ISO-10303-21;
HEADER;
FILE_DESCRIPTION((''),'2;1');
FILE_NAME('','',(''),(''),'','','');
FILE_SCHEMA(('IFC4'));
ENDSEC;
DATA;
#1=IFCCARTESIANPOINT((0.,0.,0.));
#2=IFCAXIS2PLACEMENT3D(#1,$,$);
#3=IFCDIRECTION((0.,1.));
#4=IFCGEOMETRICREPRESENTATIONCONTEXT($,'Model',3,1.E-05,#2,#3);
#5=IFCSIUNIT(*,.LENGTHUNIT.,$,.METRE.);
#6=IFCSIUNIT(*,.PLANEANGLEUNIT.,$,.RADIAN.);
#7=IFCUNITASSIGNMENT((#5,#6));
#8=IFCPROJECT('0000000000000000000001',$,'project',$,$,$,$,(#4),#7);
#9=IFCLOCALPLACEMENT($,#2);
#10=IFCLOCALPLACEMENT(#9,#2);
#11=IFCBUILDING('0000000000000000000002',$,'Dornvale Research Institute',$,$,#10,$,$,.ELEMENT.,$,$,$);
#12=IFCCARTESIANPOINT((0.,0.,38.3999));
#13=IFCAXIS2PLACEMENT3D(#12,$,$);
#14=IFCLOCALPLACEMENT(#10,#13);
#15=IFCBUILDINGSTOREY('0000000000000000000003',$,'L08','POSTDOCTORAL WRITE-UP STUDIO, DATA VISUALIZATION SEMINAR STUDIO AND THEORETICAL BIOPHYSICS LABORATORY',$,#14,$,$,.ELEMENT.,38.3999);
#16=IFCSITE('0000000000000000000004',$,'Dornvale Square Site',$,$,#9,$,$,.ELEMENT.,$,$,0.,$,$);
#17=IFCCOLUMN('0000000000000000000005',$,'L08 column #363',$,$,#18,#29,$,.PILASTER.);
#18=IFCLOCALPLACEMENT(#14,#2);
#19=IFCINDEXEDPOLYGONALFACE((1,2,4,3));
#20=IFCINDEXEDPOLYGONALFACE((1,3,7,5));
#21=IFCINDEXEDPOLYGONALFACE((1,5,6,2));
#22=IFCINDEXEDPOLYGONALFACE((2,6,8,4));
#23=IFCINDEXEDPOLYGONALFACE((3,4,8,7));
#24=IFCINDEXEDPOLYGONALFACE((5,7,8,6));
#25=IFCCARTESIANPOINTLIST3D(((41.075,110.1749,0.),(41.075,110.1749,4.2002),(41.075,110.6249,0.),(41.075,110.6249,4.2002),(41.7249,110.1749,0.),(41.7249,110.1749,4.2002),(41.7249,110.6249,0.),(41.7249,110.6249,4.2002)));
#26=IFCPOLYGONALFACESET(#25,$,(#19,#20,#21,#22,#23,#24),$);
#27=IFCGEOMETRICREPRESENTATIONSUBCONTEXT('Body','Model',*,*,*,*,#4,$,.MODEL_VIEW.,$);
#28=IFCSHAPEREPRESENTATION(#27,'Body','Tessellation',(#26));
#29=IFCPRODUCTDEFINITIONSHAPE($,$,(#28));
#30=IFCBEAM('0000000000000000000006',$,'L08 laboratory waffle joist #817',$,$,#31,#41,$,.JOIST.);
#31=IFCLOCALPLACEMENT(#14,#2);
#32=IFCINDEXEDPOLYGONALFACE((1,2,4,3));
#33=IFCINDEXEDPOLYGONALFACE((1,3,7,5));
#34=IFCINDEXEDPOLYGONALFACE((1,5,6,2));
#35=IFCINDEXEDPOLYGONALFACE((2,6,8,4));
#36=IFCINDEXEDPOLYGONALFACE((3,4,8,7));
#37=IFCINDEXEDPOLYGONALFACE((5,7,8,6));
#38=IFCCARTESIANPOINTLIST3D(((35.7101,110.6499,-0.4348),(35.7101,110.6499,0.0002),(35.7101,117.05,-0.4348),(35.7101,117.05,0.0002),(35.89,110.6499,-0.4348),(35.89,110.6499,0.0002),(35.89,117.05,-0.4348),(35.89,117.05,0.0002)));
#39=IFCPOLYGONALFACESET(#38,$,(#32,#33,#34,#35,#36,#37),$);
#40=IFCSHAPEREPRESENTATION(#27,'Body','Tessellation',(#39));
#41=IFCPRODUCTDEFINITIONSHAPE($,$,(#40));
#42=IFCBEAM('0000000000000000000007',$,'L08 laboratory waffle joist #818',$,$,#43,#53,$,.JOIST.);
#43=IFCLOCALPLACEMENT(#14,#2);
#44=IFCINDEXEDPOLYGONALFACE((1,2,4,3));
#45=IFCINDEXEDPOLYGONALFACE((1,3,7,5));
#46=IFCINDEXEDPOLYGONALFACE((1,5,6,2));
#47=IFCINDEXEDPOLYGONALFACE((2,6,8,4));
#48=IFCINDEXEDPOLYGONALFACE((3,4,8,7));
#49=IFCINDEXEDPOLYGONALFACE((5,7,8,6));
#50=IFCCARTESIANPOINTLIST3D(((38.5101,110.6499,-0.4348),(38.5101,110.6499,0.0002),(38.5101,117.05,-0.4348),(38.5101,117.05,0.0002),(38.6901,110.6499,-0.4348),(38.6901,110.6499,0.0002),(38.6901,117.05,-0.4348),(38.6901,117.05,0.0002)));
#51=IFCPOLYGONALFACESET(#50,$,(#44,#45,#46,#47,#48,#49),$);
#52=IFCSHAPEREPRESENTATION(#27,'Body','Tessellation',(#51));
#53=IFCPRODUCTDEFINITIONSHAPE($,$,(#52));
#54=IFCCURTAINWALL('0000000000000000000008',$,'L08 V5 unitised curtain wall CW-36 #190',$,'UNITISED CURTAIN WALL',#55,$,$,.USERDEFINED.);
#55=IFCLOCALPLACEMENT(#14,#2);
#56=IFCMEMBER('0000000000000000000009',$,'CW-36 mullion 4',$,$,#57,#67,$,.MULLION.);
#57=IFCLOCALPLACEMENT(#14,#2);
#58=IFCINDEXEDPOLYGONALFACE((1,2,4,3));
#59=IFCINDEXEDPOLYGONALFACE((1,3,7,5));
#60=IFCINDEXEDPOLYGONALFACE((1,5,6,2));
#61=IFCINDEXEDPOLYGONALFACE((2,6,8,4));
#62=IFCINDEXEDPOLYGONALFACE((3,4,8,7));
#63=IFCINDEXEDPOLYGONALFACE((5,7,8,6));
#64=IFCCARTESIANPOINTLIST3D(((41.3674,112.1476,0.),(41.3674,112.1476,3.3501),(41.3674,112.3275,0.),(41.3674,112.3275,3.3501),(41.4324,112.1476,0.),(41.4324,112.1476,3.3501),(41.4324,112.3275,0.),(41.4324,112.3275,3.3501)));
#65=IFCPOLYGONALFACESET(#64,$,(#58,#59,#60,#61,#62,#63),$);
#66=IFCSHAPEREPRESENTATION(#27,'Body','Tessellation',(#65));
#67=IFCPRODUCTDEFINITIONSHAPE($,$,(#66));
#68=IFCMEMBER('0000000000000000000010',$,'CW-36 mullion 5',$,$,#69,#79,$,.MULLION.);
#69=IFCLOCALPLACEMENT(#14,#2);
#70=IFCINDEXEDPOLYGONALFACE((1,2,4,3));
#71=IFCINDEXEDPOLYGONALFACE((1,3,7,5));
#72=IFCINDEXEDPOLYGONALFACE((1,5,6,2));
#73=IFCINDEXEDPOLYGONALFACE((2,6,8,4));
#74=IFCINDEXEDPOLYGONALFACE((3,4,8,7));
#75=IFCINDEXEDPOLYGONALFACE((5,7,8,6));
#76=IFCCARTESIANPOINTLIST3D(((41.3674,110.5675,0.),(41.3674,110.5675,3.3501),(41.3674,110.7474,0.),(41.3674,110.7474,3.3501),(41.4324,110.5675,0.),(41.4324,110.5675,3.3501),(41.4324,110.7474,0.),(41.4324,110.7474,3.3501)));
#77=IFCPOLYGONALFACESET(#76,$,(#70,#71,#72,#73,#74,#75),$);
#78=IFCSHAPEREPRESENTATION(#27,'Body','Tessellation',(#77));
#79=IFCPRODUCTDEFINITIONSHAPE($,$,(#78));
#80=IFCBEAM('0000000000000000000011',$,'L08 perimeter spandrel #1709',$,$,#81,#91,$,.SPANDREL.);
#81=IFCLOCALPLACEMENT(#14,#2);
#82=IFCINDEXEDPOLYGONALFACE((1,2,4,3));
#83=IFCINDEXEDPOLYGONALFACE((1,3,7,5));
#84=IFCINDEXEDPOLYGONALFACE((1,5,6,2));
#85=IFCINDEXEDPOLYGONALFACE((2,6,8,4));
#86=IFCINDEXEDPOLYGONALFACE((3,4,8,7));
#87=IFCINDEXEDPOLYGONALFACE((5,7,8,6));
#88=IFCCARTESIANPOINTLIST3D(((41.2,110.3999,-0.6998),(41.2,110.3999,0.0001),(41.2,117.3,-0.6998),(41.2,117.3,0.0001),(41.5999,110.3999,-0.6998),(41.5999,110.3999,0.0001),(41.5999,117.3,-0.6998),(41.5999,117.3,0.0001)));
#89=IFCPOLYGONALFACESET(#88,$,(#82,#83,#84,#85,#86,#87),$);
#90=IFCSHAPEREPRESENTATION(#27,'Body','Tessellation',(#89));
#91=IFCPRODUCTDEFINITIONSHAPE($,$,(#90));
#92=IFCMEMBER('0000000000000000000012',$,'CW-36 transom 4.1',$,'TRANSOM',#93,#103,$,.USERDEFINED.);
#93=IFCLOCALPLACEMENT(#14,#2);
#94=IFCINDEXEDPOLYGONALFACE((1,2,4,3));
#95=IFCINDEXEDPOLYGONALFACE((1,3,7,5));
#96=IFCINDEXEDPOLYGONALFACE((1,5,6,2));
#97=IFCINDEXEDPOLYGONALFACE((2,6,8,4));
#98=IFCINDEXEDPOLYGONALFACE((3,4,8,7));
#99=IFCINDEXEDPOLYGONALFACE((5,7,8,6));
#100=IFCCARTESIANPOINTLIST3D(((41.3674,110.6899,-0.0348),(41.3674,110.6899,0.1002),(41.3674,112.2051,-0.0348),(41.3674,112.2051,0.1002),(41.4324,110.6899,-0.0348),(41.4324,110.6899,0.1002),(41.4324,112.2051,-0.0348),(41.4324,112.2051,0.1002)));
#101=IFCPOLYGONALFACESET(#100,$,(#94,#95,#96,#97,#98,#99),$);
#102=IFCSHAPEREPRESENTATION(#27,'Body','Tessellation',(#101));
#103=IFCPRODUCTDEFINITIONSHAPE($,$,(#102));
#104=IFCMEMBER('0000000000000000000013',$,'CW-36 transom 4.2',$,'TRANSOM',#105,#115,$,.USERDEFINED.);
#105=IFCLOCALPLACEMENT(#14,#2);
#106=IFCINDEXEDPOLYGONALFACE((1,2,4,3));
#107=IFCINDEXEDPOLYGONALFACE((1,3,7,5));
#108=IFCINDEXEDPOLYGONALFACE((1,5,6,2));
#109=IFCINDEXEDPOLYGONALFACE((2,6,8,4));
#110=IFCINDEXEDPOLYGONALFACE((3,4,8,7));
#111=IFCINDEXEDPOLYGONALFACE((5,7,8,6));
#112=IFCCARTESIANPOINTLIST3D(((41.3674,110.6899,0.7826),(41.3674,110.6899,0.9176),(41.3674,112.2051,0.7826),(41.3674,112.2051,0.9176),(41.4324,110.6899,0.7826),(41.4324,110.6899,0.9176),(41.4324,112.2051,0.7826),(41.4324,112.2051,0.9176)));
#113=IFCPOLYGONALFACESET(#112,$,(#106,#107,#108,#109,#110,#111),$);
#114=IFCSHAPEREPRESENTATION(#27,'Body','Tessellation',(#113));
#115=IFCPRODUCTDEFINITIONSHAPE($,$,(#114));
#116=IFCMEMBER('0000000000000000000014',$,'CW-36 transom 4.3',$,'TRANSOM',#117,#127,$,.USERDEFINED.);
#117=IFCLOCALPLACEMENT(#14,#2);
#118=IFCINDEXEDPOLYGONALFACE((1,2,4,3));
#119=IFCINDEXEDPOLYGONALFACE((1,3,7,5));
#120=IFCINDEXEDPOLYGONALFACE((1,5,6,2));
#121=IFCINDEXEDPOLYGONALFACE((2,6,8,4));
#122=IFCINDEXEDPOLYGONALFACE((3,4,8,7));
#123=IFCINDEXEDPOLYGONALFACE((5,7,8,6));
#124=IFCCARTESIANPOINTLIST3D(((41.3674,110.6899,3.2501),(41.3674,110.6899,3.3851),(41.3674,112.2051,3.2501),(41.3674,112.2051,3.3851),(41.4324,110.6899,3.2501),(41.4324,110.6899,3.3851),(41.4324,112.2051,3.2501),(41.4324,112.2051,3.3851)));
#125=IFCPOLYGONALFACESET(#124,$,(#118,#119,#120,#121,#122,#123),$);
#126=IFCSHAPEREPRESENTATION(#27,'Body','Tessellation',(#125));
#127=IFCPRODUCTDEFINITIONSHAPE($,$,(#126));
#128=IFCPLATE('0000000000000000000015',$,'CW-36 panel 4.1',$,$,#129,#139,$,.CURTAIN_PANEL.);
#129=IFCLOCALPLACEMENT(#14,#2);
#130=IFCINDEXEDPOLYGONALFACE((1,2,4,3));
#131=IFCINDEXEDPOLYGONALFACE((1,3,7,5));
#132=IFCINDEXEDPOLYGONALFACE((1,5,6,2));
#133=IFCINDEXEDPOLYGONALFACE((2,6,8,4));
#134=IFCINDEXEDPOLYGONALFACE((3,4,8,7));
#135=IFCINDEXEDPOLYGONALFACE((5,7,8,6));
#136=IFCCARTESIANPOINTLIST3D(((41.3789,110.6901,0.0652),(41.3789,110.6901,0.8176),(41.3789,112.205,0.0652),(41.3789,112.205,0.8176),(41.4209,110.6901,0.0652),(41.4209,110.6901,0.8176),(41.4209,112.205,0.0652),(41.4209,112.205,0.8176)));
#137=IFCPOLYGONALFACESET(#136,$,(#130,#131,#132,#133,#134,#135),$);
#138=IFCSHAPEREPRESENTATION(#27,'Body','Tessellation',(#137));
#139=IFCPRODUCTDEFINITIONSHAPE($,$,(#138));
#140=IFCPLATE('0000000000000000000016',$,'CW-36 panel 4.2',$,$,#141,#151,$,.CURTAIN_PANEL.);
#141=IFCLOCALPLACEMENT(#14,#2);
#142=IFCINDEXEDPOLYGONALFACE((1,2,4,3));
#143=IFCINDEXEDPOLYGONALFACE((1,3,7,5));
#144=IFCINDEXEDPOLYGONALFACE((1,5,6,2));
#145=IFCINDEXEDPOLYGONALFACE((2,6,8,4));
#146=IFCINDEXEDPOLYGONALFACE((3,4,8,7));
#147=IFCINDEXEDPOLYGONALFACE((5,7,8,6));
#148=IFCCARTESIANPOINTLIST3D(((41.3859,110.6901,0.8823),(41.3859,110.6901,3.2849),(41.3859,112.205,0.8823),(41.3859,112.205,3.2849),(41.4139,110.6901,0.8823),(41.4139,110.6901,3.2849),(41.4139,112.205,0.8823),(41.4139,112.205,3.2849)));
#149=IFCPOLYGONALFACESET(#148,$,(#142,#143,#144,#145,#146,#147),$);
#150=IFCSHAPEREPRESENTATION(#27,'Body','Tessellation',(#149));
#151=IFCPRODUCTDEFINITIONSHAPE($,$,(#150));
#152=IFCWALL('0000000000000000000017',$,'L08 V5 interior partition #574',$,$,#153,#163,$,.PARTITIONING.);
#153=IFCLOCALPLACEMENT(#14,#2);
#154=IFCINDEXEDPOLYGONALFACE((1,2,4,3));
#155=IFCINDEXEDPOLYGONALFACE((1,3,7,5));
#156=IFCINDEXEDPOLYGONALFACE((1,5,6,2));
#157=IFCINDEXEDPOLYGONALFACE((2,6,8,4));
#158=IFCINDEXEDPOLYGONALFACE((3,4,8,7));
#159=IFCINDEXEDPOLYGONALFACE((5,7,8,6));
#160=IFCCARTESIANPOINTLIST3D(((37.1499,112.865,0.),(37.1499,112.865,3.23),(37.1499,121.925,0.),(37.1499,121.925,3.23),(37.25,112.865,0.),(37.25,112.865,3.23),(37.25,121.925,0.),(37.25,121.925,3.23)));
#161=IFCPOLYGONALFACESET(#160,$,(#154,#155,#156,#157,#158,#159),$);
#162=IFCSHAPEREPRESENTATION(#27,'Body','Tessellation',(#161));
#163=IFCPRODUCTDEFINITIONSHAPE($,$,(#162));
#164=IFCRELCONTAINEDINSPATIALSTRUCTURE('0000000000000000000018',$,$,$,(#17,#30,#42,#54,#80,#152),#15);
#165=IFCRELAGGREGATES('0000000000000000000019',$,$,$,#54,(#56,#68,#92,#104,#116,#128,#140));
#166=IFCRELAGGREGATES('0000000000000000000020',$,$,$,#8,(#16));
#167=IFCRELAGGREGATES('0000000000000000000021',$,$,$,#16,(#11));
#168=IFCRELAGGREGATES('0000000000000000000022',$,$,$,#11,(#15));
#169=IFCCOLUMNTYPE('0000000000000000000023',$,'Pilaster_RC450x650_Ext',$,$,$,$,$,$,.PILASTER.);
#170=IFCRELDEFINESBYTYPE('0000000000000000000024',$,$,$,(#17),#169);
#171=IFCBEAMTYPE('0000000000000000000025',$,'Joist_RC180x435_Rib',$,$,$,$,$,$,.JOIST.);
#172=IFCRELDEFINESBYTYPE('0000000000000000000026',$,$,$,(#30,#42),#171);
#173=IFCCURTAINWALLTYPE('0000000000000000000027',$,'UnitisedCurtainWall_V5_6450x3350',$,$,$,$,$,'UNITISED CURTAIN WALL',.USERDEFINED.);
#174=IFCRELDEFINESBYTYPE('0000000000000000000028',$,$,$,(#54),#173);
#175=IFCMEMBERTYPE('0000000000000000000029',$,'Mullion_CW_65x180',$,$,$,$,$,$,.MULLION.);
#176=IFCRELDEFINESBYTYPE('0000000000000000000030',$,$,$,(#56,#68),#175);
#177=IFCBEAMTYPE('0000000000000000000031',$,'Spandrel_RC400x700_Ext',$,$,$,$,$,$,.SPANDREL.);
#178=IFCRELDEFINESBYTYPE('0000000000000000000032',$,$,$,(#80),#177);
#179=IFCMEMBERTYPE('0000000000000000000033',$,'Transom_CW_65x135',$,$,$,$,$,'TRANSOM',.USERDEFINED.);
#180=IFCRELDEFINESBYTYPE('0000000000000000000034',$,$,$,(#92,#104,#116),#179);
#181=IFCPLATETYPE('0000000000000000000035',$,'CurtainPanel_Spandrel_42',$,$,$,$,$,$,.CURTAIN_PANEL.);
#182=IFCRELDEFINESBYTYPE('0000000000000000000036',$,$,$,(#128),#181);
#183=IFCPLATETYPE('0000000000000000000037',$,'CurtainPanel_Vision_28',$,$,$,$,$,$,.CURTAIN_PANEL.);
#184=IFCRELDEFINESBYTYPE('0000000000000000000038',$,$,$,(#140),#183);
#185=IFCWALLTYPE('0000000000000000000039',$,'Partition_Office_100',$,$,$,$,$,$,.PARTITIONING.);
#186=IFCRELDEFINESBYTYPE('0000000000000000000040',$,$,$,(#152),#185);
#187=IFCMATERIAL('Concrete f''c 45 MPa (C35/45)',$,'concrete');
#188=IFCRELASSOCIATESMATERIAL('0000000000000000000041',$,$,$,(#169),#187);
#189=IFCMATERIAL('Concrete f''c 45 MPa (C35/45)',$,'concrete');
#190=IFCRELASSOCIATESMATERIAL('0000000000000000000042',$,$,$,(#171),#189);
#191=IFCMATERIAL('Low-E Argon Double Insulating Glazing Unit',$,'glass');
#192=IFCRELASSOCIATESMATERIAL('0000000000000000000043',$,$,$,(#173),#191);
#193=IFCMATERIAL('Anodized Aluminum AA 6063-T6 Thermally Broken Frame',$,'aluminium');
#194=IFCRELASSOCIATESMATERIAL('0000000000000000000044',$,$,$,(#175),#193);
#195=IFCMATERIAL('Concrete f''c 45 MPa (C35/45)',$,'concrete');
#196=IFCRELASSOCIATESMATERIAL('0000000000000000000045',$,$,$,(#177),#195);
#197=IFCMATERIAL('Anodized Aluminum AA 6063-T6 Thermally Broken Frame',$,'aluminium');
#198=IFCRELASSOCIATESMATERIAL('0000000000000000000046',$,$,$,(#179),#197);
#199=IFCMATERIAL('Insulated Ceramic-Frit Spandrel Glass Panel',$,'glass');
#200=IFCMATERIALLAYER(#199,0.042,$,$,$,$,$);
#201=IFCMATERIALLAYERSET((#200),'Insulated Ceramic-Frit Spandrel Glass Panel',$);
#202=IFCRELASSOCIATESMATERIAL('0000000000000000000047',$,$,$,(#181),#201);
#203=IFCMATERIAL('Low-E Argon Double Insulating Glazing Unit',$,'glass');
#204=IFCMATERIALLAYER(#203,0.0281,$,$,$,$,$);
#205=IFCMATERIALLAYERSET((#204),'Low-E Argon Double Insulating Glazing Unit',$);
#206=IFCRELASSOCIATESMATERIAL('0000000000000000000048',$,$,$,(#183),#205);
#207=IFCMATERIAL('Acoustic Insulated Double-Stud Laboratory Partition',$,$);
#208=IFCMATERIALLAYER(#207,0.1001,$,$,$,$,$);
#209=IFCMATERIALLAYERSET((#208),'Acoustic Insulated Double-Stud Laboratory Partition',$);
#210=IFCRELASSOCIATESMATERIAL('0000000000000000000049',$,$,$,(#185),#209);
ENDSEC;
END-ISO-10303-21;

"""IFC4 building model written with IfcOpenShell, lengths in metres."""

from ifc_helpers import new_model, si_unit, direction, frame, frame_2d, origin, origin_2d, place, context, subcontext, project, spatial, rectangle, extrude, material, layer, layer_set, material_profile, profile_set, type_object, element, aggregate, save


model = new_model("IFC4")

# Units and contexts
model_context = context("Model", 3, precision=1e-05, world=origin(), true_north=direction((0.0, 1.0)))
body_context = subcontext(model_context, "Body", "Model", "MODEL_VIEW")
ifc_project = project(units=[si_unit("LENGTHUNIT", "METRE"), si_unit("PLANEANGLEUNIT", "RADIAN")], contexts=[model_context])

# Site, building, storey
site_placement = place(None, origin())
site = spatial("IfcSite", under=ifc_project, at=site_placement, Name="Dornvale Square Site", CompositionType="ELEMENT", RefElevation=0.0)
building_placement = place(site_placement, origin())
building = spatial("IfcBuilding", under=site, at=building_placement, Name="Dornvale Research Institute", CompositionType="ELEMENT")
storey_placement = place(building_placement, frame((0.0, 0.0, 38.3999)))
storey = spatial("IfcBuildingStorey", under=building, at=storey_placement, Name="L08", Description="POSTDOCTORAL WRITE-UP STUDIO, DATA VISUALIZATION SEMINAR STUDIO AND THEORETICAL BIOPHYSICS LABORATORY", CompositionType="ELEMENT", Elevation=38.3999)

# Column
ifc_material_1 = material(Name="Concrete f'c 45 MPa (C35/45)", Category="concrete")
ifc_material_profile_1 = material_profile(ifc_material_1, rectangle(XDim=0.45, YDim=0.6499, at=origin_2d()), Name="RC 450x650")
ifc_profile_set_1 = profile_set([ifc_material_profile_1], Name="Concrete f'c 45 MPa (C35/45)")
column_type = type_object("IfcColumnType", Name="Pilaster_RC450x650_Ext", PredefinedType="PILASTER", material=ifc_profile_set_1)
column_placement = place(storey_placement, frame((41.3999, 110.3999, 0.0), z_axis=(0.0, 0.0, 1.0), x_axis=(0.0, 1.0, 0.0)))
element("IfcColumn", 1, at=column_placement, inside=storey, type_object=column_type, Name="L08 column #363", PredefinedType="PILASTER", context=body_context, shape_type="SweptSolid", body=[
    extrude(rectangle(XDim=0.45, YDim=0.6499, at=origin_2d()), origin(), (0.0, 0.0, 1.0), 4.2002),
])

# Beams
ifc_material_2 = material(Name="Concrete f'c 45 MPa (C35/45)", Category="concrete")
ifc_material_profile_2 = material_profile(ifc_material_2, rectangle(XDim=0.1799, YDim=0.4351, at=origin_2d()), Name="RC 180x435")
ifc_profile_set_2 = profile_set([ifc_material_profile_2], Name="Concrete f'c 45 MPa (C35/45)")
beam_type_1 = type_object("IfcBeamType", Name="Joist_RC180x435_Rib", PredefinedType="JOIST", material=ifc_profile_set_2)
for number, where, z_axis, x_axis, name in (
    (2, (35.8, 110.6499, -0.2173), (0.0, 1.0, 0.0), (-1.0, 0.0, 0.0), "L08 laboratory waffle joist #817"),
    (3, (38.6001, 110.6499, -0.2173), (0.0, 1.0, 0.0), (-1.0, 0.0, 0.0), "L08 laboratory waffle joist #818"),
):
    element("IfcBeam", number, at=place(storey_placement, frame(where, z_axis=z_axis, x_axis=x_axis)), inside=storey, type_object=beam_type_1, Name=name, PredefinedType="JOIST", context=body_context, shape_type="SweptSolid", body=[
        extrude(rectangle(XDim=0.1799, YDim=0.4351, at=origin_2d()), origin(), (0.0, 0.0, 1.0), 6.4001),
    ])

# Curtain wall, members
ifc_material_3 = material(Name="Low-E Argon Double Insulating Glazing Unit", Category="glass")
curtain_wall_type = type_object("IfcCurtainWallType", Name="UnitisedCurtainWall_V5_6450x3350", ElementType="UNITISED CURTAIN WALL", PredefinedType="USERDEFINED", material=ifc_material_3)
curtain_wall_placement = place(storey_placement, origin())
curtain_wall = element("IfcCurtainWall", 4, at=curtain_wall_placement, inside=storey, type_object=curtain_wall_type, Name="L08 V5 unitised curtain wall CW-36 #190", ObjectType="UNITISED CURTAIN WALL", PredefinedType="USERDEFINED")
ifc_material_4 = material(Name="Anodized Aluminum AA 6063-T6 Thermally Broken Frame", Category="aluminium")
ifc_material_profile_3 = material_profile(ifc_material_4, rectangle(XDim=0.0649, YDim=0.1799, at=origin_2d()), Name="ALU MULLION 65x180")
ifc_profile_set_3 = profile_set([ifc_material_profile_3], Name="Anodized Aluminum AA 6063-T6 Thermally Broken Frame")
member_type_1 = type_object("IfcMemberType", Name="Mullion_CW_65x180", PredefinedType="MULLION", material=ifc_profile_set_3)
member_1_placement = place(storey_placement, frame((41.3999, 112.2375, 0.0), z_axis=(0.0, 0.0, 1.0), x_axis=(1.0, 0.0, 0.0)))
member_1 = element("IfcMember", 5, at=member_1_placement, type_object=member_type_1, Name="CW-36 mullion 4", PredefinedType="MULLION", context=body_context, shape_type="SweptSolid", body=[
    extrude(rectangle(XDim=0.0649, YDim=0.1799, at=origin_2d()), origin(), (0.0, 0.0, 1.0), 3.3501),
])
member_2_placement = place(storey_placement, frame((41.3999, 110.6575, 0.0), z_axis=(0.0, 0.0, 1.0), x_axis=(1.0, 0.0, 0.0)))
member_2 = element("IfcMember", 6, at=member_2_placement, type_object=member_type_1, Name="CW-36 mullion 5", PredefinedType="MULLION", context=body_context, shape_type="SweptSolid", body=[
    extrude(rectangle(XDim=0.0649, YDim=0.1799, at=origin_2d()), origin(), (0.0, 0.0, 1.0), 3.3501),
])

# Beam
ifc_material_5 = material(Name="Concrete f'c 45 MPa (C35/45)", Category="concrete")
ifc_material_profile_4 = material_profile(ifc_material_5, rectangle(XDim=0.3999, YDim=0.7, at=origin_2d()), Name="RC 400x700")
ifc_profile_set_4 = profile_set([ifc_material_profile_4], Name="Concrete f'c 45 MPa (C35/45)")
beam_type_2 = type_object("IfcBeamType", Name="Spandrel_RC400x700_Ext", PredefinedType="SPANDREL", material=ifc_profile_set_4)
beam_placement = place(storey_placement, frame((41.3999, 110.3999, -0.3499), z_axis=(0.0, 1.0, 0.0), x_axis=(-1.0, 0.0, 0.0)))
element("IfcBeam", 7, at=beam_placement, inside=storey, type_object=beam_type_2, Name="L08 perimeter spandrel #1709", PredefinedType="SPANDREL", context=body_context, shape_type="SweptSolid", body=[
    extrude(rectangle(XDim=0.3999, YDim=0.7, at=origin_2d()), origin(), (0.0, 0.0, 1.0), 6.9001),
])

# Members
ifc_material_6 = material(Name="Anodized Aluminum AA 6063-T6 Thermally Broken Frame", Category="aluminium")
ifc_material_profile_5 = material_profile(ifc_material_6, rectangle(XDim=0.0649, YDim=0.135, at=origin_2d()), Name="ALU TRANSOM 65x135")
ifc_profile_set_5 = profile_set([ifc_material_profile_5], Name="Anodized Aluminum AA 6063-T6 Thermally Broken Frame")
member_type_2 = type_object("IfcMemberType", Name="Transom_CW_65x135", ElementType="TRANSOM", PredefinedType="USERDEFINED", material=ifc_profile_set_5)
member_3_placement = place(storey_placement, frame((41.3999, 112.2051, 0.0327), z_axis=(0.0, -1.0, 0.0), x_axis=(1.0, 0.0, 0.0)))
member_3 = element("IfcMember", 8, at=member_3_placement, type_object=member_type_2, Name="CW-36 transom 4.1", ObjectType="TRANSOM", PredefinedType="USERDEFINED", context=body_context, shape_type="SweptSolid", body=[
    extrude(rectangle(XDim=0.0649, YDim=0.135, at=origin_2d()), origin(), (0.0, 0.0, 1.0), 1.5151),
])
member_4_placement = place(storey_placement, frame((41.3999, 112.2051, 0.8501), z_axis=(0.0, -1.0, 0.0), x_axis=(1.0, 0.0, 0.0)))
member_4 = element("IfcMember", 9, at=member_4_placement, type_object=member_type_2, Name="CW-36 transom 4.2", ObjectType="TRANSOM", PredefinedType="USERDEFINED", context=body_context, shape_type="SweptSolid", body=[
    extrude(rectangle(XDim=0.0649, YDim=0.135, at=origin_2d()), origin(), (0.0, 0.0, 1.0), 1.5151),
])
member_5_placement = place(storey_placement, frame((41.3999, 112.2051, 3.3176), z_axis=(0.0, -1.0, 0.0), x_axis=(1.0, 0.0, 0.0)))
member_5 = element("IfcMember", 10, at=member_5_placement, type_object=member_type_2, Name="CW-36 transom 4.3", ObjectType="TRANSOM", PredefinedType="USERDEFINED", context=body_context, shape_type="SweptSolid", body=[
    extrude(rectangle(XDim=0.0649, YDim=0.135, at=origin_2d()), origin(), (0.0, 0.0, 1.0), 1.5151),
])

# Plates
ifc_material_7 = material(Name="Insulated Ceramic-Frit Spandrel Glass Panel", Category="glass")
ifc_layer_1 = layer(ifc_material_7, 0.042)
ifc_layer_set_1 = layer_set([ifc_layer_1], Name="Insulated Ceramic-Frit Spandrel Glass Panel")
plate_type_1 = type_object("IfcPlateType", Name="CurtainPanel_Spandrel_42", PredefinedType="CURTAIN_PANEL", material=ifc_layer_set_1)
plate_1_placement = place(storey_placement, frame((41.3999, 111.4475, 0.0652), z_axis=(0.0, 0.0, 1.0), x_axis=(0.0, -1.0, 0.0)))
plate_1 = element("IfcPlate", 11, at=plate_1_placement, type_object=plate_type_1, Name="CW-36 panel 4.1", PredefinedType="CURTAIN_PANEL", context=body_context, shape_type="SweptSolid", body=[
    extrude(rectangle(XDim=1.5149, YDim=0.042, at=origin_2d()), origin(), (0.0, 0.0, 1.0), 0.7524),
])
ifc_material_8 = material(Name="Low-E Argon Double Insulating Glazing Unit", Category="glass")
ifc_layer_2 = layer(ifc_material_8, 0.0281)
ifc_layer_set_2 = layer_set([ifc_layer_2], Name="Low-E Argon Double Insulating Glazing Unit")
plate_type_2 = type_object("IfcPlateType", Name="CurtainPanel_Vision_28", PredefinedType="CURTAIN_PANEL", material=ifc_layer_set_2)
plate_2_placement = place(storey_placement, frame((41.3999, 111.4475, 0.8823), z_axis=(0.0, 0.0, 1.0), x_axis=(0.0, -1.0, 0.0)))
plate_2 = element("IfcPlate", 12, at=plate_2_placement, type_object=plate_type_2, Name="CW-36 panel 4.2", PredefinedType="CURTAIN_PANEL", context=body_context, shape_type="SweptSolid", body=[
    extrude(rectangle(XDim=1.5149, YDim=0.0281, at=origin_2d()), origin(), (0.0, 0.0, 1.0), 2.4026),
])
aggregate(curtain_wall, [member_1, member_2, member_3, member_4, member_5, plate_1, plate_2])

# Wall
ifc_material_9 = material(Name="Acoustic Insulated Double-Stud Laboratory Partition")
ifc_layer_3 = layer(ifc_material_9, 0.1001)
ifc_layer_set_3 = layer_set([ifc_layer_3], Name="Acoustic Insulated Double-Stud Laboratory Partition")
wall_type_1 = type_object("IfcWallType", Name="Partition_Office_100", PredefinedType="PARTITIONING", material=ifc_layer_set_3)
wall_1_placement = place(storey_placement, frame((37.2, 112.865, 0.0), z_axis=(0.0, 0.0, 1.0), x_axis=(0.0, 1.0, 0.0)))
element("IfcWall", 13, at=wall_1_placement, inside=storey, type_object=wall_type_1, Name="L08 V5 interior partition #574", PredefinedType="PARTITIONING", context=body_context, shape_type="SweptSolid", body=[
    extrude(rectangle(XDim=9.0601, YDim=0.1001, at=frame_2d((4.53, 0.0))), origin(), (0.0, 0.0, 1.0), 3.23),
])

save(model, "model.ifc")
